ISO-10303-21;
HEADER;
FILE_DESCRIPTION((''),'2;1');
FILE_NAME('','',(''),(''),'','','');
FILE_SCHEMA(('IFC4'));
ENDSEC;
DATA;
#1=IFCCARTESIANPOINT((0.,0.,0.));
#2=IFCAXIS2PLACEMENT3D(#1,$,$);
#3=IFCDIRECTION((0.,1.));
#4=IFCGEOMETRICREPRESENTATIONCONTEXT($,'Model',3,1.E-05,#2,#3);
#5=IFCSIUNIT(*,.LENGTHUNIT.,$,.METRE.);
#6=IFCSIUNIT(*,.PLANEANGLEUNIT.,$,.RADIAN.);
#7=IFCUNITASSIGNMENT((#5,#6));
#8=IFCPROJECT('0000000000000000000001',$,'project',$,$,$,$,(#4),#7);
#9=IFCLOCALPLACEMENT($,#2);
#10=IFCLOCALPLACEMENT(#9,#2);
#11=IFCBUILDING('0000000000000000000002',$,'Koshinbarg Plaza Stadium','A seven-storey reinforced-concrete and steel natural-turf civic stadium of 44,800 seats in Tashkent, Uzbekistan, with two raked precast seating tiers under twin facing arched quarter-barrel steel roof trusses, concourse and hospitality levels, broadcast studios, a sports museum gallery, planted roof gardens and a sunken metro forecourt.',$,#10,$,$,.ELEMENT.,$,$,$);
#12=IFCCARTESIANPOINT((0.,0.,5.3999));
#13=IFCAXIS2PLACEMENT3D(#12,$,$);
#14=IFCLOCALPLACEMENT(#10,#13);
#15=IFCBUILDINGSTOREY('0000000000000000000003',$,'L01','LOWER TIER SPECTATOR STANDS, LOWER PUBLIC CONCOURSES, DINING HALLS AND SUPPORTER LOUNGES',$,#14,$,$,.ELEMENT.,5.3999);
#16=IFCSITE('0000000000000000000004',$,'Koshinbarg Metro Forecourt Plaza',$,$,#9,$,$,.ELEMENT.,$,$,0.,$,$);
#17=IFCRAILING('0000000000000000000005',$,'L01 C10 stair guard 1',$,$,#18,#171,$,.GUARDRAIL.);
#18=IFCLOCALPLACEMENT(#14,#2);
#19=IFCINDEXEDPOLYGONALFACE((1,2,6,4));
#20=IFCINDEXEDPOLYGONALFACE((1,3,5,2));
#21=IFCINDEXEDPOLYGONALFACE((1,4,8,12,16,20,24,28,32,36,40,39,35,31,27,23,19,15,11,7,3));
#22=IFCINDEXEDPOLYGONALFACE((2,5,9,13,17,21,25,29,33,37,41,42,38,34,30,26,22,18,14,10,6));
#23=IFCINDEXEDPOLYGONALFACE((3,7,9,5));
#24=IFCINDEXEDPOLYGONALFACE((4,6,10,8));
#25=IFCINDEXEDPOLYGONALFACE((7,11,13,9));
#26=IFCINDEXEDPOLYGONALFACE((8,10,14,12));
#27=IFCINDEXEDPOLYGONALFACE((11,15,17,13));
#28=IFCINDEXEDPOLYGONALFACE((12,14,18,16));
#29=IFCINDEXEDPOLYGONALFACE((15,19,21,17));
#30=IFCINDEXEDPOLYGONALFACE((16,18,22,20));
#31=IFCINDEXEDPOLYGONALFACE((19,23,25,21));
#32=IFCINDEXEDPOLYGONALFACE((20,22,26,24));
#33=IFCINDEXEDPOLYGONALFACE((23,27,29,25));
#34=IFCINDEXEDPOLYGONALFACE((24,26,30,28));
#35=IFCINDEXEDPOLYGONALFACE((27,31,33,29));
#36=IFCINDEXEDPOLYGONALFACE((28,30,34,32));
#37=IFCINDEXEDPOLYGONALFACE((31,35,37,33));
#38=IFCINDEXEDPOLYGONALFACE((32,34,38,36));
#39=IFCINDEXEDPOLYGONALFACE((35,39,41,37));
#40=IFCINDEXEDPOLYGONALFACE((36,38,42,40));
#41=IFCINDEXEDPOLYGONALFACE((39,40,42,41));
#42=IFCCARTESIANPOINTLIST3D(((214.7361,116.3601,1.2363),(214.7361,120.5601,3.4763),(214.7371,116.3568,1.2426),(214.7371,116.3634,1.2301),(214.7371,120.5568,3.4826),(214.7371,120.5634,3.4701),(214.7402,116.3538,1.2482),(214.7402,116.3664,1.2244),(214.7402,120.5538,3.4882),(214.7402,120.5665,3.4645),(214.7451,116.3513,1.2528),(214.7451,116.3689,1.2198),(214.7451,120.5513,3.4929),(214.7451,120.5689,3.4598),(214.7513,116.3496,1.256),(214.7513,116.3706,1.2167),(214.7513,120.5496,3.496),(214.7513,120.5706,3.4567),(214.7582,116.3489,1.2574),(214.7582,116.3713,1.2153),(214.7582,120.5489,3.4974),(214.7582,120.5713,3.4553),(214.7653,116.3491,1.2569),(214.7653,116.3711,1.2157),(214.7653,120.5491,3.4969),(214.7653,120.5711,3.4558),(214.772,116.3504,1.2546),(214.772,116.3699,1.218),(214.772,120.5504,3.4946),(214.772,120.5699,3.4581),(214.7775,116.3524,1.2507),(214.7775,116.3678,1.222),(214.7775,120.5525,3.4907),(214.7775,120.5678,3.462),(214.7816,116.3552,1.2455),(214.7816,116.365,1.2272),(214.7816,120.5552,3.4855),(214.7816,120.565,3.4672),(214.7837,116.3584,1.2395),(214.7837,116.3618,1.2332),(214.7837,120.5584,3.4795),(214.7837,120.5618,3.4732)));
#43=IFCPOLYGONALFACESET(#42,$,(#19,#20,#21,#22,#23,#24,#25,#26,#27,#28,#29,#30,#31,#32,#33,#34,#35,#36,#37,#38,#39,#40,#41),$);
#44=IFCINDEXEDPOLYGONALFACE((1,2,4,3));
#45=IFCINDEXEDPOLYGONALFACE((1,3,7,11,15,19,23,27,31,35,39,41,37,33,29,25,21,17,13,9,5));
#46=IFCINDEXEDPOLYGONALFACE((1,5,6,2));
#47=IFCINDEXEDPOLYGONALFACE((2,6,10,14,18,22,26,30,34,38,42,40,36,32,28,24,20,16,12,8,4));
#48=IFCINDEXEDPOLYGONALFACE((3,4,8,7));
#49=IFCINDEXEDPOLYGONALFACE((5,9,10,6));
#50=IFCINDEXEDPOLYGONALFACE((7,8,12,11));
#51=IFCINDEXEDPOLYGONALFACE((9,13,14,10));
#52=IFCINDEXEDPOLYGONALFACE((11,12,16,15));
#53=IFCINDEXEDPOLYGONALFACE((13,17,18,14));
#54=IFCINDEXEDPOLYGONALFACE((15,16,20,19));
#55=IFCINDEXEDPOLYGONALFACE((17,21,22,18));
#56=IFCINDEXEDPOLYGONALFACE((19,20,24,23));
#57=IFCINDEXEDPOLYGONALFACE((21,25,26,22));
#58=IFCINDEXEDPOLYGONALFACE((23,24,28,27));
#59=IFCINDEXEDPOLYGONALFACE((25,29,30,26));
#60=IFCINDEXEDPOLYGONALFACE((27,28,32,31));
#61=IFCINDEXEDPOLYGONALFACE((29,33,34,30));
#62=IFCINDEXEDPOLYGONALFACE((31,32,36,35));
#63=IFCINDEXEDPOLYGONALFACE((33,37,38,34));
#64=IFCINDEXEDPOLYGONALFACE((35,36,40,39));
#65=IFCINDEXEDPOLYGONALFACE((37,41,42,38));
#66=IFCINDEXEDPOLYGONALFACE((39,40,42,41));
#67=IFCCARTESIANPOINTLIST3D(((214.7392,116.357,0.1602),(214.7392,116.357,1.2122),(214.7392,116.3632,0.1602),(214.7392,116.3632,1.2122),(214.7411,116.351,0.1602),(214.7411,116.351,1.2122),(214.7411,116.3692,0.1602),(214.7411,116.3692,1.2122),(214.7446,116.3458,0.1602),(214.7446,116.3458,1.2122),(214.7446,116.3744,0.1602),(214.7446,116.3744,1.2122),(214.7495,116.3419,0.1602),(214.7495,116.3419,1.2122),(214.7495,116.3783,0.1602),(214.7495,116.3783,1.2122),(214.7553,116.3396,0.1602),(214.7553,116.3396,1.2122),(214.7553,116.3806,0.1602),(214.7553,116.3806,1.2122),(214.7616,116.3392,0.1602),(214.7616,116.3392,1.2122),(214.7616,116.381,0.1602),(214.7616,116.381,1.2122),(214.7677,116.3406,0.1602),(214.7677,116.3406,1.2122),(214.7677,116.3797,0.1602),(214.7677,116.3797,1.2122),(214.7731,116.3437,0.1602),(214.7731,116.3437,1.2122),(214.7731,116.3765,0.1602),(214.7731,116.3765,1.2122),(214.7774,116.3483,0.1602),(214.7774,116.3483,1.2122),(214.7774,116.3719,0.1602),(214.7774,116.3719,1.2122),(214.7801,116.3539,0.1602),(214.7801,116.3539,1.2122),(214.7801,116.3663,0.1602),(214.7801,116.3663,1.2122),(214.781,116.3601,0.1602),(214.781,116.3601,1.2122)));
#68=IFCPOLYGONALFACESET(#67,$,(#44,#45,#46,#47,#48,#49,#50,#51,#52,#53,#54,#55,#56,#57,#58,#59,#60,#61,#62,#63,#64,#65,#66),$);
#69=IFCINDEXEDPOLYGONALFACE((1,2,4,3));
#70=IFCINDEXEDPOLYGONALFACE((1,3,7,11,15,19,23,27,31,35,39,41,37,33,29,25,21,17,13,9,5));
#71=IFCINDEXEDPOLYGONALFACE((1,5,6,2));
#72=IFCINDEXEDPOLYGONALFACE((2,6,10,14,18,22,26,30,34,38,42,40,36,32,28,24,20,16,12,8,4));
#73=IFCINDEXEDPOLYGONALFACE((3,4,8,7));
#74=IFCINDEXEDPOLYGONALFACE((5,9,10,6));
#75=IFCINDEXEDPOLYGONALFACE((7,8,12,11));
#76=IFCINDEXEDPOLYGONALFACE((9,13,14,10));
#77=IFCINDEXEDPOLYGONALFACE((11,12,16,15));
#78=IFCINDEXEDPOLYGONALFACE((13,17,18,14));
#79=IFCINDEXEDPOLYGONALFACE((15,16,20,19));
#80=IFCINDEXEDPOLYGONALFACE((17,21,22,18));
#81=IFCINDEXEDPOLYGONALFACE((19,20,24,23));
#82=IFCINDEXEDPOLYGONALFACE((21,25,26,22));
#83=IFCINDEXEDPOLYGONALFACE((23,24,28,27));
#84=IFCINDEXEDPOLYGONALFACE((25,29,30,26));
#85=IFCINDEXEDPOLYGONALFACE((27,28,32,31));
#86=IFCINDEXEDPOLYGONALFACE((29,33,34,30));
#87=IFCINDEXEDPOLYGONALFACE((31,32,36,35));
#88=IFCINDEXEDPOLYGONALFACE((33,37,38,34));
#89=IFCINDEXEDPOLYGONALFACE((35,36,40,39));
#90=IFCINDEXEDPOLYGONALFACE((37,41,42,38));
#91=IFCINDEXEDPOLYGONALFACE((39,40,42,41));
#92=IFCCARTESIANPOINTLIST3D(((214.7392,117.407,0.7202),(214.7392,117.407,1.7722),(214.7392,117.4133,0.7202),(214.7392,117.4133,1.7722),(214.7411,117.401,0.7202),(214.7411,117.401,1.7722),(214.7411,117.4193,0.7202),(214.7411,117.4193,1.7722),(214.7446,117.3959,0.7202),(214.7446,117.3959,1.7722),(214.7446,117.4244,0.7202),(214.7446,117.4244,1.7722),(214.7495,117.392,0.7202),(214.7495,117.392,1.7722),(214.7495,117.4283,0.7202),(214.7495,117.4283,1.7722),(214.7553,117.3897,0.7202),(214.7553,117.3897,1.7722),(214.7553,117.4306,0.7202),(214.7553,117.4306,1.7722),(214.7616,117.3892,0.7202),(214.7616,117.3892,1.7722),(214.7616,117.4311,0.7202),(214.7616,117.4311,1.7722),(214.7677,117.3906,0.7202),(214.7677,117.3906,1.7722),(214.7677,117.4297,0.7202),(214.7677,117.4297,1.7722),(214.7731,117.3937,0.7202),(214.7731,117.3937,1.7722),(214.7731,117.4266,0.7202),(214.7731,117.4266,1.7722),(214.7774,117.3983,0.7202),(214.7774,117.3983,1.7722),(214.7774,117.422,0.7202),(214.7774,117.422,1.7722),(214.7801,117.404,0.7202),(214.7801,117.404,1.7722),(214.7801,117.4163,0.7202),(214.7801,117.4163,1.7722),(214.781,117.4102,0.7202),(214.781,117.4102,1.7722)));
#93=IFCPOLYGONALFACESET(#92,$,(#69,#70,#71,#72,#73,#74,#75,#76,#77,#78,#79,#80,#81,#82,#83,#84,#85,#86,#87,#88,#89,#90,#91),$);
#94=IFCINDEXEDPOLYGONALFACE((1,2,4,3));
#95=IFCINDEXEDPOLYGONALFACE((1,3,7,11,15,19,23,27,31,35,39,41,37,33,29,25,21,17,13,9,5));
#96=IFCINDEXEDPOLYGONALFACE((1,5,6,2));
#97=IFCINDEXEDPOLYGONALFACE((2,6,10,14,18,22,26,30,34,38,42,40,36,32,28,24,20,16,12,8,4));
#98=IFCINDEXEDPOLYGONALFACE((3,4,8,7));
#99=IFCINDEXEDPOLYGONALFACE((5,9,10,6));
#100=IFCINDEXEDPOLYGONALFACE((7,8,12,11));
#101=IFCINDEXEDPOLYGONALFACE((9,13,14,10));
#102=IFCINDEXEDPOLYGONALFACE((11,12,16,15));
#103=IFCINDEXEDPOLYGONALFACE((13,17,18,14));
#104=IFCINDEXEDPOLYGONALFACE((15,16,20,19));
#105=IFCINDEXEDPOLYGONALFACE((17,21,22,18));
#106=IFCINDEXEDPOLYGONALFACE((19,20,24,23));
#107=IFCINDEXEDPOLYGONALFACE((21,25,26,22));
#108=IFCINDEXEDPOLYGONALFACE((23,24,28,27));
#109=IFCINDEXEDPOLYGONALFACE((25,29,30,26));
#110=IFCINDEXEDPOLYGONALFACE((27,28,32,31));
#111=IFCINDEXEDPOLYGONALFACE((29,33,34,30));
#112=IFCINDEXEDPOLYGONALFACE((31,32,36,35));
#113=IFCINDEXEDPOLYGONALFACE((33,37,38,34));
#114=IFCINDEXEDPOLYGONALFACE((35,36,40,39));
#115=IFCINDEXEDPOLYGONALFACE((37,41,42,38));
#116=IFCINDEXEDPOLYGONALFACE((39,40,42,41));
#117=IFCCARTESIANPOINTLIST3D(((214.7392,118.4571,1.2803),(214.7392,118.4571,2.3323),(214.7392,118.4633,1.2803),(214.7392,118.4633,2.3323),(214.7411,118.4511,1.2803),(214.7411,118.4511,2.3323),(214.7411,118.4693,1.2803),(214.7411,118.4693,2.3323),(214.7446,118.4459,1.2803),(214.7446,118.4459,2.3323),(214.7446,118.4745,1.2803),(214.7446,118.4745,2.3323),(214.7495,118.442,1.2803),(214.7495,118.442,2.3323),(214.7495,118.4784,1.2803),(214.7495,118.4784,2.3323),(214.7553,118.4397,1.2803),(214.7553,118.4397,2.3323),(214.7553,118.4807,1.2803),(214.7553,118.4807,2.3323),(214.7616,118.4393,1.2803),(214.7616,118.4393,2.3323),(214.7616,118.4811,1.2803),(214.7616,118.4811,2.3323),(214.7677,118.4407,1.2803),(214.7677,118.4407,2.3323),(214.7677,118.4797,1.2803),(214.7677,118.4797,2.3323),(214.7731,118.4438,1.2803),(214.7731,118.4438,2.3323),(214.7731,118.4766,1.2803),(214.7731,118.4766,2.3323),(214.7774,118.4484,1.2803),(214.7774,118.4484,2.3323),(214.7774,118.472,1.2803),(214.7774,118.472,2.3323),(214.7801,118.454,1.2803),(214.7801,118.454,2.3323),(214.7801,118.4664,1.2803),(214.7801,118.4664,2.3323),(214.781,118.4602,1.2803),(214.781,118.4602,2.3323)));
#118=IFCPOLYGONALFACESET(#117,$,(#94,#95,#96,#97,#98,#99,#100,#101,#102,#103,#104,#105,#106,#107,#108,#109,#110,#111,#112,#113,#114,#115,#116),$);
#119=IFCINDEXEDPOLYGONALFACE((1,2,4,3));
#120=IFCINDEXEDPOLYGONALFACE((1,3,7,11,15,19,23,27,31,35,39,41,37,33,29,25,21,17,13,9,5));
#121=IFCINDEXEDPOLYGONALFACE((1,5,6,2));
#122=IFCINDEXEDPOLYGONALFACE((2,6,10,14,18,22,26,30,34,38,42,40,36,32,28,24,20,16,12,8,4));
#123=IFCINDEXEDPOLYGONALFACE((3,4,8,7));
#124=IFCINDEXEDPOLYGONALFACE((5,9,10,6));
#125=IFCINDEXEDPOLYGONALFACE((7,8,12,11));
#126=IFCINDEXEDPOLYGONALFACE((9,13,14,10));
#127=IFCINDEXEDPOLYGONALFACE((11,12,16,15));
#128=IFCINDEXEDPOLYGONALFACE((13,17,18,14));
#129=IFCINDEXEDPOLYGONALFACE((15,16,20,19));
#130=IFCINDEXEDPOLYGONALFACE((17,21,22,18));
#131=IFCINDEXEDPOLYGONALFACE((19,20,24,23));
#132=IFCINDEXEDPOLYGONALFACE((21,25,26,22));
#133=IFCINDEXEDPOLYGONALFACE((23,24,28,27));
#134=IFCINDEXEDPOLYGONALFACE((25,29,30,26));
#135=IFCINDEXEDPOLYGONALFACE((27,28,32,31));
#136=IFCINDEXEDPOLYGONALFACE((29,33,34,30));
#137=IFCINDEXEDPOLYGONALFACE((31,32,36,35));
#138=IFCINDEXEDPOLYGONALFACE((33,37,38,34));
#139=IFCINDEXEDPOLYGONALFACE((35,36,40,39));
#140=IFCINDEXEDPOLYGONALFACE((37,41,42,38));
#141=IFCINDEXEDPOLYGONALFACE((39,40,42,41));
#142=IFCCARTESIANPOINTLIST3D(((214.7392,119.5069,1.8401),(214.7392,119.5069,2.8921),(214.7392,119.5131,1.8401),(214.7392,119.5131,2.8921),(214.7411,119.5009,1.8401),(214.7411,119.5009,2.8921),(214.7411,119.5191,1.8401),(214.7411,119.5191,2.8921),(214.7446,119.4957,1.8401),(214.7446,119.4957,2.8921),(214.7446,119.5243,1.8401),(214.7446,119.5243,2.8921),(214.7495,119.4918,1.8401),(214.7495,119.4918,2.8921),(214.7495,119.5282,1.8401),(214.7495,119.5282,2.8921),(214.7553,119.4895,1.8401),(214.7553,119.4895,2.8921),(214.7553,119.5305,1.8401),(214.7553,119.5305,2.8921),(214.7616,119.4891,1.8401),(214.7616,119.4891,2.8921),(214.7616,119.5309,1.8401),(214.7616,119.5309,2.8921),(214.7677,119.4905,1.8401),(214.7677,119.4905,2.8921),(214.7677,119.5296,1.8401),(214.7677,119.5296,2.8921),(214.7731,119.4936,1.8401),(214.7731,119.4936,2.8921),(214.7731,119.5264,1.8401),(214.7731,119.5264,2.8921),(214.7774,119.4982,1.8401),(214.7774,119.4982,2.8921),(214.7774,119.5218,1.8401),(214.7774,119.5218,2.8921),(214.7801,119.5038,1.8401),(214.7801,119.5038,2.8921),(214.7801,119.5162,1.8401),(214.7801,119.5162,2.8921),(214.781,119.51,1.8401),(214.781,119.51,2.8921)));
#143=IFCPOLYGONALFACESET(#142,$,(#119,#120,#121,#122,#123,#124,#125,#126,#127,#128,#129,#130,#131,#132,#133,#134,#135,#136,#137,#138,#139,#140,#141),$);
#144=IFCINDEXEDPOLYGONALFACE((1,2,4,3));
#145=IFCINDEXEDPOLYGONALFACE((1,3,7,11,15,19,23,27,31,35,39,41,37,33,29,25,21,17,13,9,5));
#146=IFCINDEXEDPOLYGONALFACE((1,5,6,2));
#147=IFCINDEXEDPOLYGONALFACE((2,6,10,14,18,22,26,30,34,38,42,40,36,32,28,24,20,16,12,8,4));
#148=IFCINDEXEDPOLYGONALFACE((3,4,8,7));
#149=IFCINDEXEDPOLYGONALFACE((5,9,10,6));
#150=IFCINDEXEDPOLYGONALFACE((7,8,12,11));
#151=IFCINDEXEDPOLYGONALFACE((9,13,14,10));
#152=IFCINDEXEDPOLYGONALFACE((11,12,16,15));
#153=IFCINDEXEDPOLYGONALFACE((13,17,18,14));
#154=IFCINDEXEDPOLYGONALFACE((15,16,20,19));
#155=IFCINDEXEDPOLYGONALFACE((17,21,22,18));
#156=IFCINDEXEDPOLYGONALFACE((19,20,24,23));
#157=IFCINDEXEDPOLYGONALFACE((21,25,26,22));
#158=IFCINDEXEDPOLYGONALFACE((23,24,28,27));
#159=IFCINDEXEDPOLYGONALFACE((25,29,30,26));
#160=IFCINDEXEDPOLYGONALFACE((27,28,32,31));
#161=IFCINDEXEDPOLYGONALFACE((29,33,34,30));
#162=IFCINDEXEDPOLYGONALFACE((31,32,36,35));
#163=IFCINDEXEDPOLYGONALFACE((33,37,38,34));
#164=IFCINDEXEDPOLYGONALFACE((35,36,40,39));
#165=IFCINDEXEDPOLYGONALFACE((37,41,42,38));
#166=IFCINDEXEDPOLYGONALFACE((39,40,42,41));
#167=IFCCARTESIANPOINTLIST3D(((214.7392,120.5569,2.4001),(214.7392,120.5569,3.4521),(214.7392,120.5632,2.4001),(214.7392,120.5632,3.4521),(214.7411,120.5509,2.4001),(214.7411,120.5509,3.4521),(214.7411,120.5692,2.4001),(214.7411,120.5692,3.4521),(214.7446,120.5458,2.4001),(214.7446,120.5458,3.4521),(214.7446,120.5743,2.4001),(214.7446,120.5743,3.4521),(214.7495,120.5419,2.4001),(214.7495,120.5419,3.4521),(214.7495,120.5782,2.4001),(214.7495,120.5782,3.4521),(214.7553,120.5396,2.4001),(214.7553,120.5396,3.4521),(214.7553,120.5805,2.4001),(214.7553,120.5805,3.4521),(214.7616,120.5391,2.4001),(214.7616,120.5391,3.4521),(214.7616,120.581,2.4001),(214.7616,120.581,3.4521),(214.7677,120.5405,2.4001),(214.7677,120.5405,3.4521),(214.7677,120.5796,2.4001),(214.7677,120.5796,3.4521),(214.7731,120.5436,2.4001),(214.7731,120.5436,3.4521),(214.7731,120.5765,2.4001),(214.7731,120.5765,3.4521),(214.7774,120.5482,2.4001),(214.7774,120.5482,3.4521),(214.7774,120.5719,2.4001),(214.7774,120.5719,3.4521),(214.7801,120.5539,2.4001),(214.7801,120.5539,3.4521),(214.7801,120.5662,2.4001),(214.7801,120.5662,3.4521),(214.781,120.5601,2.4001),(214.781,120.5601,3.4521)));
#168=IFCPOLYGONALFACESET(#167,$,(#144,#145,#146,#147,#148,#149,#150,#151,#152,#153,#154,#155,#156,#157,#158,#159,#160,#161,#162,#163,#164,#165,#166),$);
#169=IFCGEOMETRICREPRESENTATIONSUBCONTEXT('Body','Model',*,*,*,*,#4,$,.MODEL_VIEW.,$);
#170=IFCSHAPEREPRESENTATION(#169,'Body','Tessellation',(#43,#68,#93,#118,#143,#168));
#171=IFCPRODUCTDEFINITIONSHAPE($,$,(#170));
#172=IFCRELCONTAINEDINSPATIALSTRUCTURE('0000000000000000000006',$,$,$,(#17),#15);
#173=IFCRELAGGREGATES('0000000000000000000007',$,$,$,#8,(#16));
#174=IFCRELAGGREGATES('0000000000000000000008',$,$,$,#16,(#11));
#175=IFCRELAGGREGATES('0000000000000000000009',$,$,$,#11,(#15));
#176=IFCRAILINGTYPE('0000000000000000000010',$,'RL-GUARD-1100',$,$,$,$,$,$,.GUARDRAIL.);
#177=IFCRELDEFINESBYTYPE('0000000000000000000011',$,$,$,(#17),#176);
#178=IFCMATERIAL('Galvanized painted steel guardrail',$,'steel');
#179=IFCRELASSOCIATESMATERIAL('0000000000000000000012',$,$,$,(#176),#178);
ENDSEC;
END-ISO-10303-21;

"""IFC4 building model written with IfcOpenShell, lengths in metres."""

from ifc_helpers import new_model, si_unit, direction, frame, origin, origin_2d, place, context, subcontext, project, spatial, circle, extrude, material, type_object, element, save


model = new_model("IFC4")

# Units and contexts
model_context = context("Model", 3, precision=1e-05, world=origin(), true_north=direction((0.0, 1.0)))
body_context = subcontext(model_context, "Body", "Model", "MODEL_VIEW")
ifc_project = project(units=[si_unit("LENGTHUNIT", "METRE"), si_unit("PLANEANGLEUNIT", "RADIAN")], contexts=[model_context])

# Site, building, storey
site_placement = place(None, origin())
site = spatial("IfcSite", under=ifc_project, at=site_placement, Name="Koshinbarg Metro Forecourt Plaza", CompositionType="ELEMENT", RefElevation=0.0)
building_placement = place(site_placement, origin())
building = spatial("IfcBuilding", under=site, at=building_placement, Name="Koshinbarg Plaza Stadium", Description="A seven-storey reinforced-concrete and steel natural-turf civic stadium of 44,800 seats in Tashkent, Uzbekistan, with two raked precast seating tiers under twin facing arched quarter-barrel steel roof trusses, concourse and hospitality levels, broadcast studios, a sports museum gallery, planted roof gardens and a sunken metro forecourt.", CompositionType="ELEMENT")
storey_placement = place(building_placement, frame((0.0, 0.0, 5.3999)))
storey = spatial("IfcBuildingStorey", under=building, at=storey_placement, Name="L01", Description="LOWER TIER SPECTATOR STANDS, LOWER PUBLIC CONCOURSES, DINING HALLS AND SUPPORTER LOUNGES", CompositionType="ELEMENT", Elevation=5.3999)

# Railing
ifc_material_1 = material(Name="Galvanized painted steel guardrail", Category="steel")
railing_type_1 = type_object("IfcRailingType", Name="RL-GUARD-1100", PredefinedType="GUARDRAIL", material=ifc_material_1)
railing_1_placement = place(storey_placement, frame((214.76, 116.3601, 0.1602)))
element("IfcRailing", 1, at=railing_1_placement, inside=storey, type_object=railing_type_1, Name="L01 C10 stair guard 1", PredefinedType="GUARDRAIL", context=body_context, shape_type="SweptSolid", body=[
    extrude(circle(Radius=0.0239, at=origin_2d()), frame((0.0, 0.0, 1.0762), z_axis=(0.0, 0.882352, 0.470591), x_axis=(-1.0, 0.0, 0.0)), (0.0, 0.0, 1.0), 4.76),
    extrude(circle(Radius=0.021, at=origin_2d()), origin(), (0.0, 0.0, 1.0), 1.052),
    extrude(circle(Radius=0.021, at=origin_2d()), frame((0.0, 1.05, 0.5601)), (0.0, 0.0, 1.0), 1.052),
    extrude(circle(Radius=0.021, at=origin_2d()), frame((0.0, 2.1001, 1.1201)), (0.0, 0.0, 1.0), 1.052),
    extrude(circle(Radius=0.021, at=origin_2d()), frame((0.0, 3.1499, 1.6799)), (0.0, 0.0, 1.0), 1.052),
    extrude(circle(Radius=0.021, at=origin_2d()), frame((0.0, 4.2, 2.24)), (0.0, 0.0, 1.0), 1.052),
])

save(model, "model.ifc")
